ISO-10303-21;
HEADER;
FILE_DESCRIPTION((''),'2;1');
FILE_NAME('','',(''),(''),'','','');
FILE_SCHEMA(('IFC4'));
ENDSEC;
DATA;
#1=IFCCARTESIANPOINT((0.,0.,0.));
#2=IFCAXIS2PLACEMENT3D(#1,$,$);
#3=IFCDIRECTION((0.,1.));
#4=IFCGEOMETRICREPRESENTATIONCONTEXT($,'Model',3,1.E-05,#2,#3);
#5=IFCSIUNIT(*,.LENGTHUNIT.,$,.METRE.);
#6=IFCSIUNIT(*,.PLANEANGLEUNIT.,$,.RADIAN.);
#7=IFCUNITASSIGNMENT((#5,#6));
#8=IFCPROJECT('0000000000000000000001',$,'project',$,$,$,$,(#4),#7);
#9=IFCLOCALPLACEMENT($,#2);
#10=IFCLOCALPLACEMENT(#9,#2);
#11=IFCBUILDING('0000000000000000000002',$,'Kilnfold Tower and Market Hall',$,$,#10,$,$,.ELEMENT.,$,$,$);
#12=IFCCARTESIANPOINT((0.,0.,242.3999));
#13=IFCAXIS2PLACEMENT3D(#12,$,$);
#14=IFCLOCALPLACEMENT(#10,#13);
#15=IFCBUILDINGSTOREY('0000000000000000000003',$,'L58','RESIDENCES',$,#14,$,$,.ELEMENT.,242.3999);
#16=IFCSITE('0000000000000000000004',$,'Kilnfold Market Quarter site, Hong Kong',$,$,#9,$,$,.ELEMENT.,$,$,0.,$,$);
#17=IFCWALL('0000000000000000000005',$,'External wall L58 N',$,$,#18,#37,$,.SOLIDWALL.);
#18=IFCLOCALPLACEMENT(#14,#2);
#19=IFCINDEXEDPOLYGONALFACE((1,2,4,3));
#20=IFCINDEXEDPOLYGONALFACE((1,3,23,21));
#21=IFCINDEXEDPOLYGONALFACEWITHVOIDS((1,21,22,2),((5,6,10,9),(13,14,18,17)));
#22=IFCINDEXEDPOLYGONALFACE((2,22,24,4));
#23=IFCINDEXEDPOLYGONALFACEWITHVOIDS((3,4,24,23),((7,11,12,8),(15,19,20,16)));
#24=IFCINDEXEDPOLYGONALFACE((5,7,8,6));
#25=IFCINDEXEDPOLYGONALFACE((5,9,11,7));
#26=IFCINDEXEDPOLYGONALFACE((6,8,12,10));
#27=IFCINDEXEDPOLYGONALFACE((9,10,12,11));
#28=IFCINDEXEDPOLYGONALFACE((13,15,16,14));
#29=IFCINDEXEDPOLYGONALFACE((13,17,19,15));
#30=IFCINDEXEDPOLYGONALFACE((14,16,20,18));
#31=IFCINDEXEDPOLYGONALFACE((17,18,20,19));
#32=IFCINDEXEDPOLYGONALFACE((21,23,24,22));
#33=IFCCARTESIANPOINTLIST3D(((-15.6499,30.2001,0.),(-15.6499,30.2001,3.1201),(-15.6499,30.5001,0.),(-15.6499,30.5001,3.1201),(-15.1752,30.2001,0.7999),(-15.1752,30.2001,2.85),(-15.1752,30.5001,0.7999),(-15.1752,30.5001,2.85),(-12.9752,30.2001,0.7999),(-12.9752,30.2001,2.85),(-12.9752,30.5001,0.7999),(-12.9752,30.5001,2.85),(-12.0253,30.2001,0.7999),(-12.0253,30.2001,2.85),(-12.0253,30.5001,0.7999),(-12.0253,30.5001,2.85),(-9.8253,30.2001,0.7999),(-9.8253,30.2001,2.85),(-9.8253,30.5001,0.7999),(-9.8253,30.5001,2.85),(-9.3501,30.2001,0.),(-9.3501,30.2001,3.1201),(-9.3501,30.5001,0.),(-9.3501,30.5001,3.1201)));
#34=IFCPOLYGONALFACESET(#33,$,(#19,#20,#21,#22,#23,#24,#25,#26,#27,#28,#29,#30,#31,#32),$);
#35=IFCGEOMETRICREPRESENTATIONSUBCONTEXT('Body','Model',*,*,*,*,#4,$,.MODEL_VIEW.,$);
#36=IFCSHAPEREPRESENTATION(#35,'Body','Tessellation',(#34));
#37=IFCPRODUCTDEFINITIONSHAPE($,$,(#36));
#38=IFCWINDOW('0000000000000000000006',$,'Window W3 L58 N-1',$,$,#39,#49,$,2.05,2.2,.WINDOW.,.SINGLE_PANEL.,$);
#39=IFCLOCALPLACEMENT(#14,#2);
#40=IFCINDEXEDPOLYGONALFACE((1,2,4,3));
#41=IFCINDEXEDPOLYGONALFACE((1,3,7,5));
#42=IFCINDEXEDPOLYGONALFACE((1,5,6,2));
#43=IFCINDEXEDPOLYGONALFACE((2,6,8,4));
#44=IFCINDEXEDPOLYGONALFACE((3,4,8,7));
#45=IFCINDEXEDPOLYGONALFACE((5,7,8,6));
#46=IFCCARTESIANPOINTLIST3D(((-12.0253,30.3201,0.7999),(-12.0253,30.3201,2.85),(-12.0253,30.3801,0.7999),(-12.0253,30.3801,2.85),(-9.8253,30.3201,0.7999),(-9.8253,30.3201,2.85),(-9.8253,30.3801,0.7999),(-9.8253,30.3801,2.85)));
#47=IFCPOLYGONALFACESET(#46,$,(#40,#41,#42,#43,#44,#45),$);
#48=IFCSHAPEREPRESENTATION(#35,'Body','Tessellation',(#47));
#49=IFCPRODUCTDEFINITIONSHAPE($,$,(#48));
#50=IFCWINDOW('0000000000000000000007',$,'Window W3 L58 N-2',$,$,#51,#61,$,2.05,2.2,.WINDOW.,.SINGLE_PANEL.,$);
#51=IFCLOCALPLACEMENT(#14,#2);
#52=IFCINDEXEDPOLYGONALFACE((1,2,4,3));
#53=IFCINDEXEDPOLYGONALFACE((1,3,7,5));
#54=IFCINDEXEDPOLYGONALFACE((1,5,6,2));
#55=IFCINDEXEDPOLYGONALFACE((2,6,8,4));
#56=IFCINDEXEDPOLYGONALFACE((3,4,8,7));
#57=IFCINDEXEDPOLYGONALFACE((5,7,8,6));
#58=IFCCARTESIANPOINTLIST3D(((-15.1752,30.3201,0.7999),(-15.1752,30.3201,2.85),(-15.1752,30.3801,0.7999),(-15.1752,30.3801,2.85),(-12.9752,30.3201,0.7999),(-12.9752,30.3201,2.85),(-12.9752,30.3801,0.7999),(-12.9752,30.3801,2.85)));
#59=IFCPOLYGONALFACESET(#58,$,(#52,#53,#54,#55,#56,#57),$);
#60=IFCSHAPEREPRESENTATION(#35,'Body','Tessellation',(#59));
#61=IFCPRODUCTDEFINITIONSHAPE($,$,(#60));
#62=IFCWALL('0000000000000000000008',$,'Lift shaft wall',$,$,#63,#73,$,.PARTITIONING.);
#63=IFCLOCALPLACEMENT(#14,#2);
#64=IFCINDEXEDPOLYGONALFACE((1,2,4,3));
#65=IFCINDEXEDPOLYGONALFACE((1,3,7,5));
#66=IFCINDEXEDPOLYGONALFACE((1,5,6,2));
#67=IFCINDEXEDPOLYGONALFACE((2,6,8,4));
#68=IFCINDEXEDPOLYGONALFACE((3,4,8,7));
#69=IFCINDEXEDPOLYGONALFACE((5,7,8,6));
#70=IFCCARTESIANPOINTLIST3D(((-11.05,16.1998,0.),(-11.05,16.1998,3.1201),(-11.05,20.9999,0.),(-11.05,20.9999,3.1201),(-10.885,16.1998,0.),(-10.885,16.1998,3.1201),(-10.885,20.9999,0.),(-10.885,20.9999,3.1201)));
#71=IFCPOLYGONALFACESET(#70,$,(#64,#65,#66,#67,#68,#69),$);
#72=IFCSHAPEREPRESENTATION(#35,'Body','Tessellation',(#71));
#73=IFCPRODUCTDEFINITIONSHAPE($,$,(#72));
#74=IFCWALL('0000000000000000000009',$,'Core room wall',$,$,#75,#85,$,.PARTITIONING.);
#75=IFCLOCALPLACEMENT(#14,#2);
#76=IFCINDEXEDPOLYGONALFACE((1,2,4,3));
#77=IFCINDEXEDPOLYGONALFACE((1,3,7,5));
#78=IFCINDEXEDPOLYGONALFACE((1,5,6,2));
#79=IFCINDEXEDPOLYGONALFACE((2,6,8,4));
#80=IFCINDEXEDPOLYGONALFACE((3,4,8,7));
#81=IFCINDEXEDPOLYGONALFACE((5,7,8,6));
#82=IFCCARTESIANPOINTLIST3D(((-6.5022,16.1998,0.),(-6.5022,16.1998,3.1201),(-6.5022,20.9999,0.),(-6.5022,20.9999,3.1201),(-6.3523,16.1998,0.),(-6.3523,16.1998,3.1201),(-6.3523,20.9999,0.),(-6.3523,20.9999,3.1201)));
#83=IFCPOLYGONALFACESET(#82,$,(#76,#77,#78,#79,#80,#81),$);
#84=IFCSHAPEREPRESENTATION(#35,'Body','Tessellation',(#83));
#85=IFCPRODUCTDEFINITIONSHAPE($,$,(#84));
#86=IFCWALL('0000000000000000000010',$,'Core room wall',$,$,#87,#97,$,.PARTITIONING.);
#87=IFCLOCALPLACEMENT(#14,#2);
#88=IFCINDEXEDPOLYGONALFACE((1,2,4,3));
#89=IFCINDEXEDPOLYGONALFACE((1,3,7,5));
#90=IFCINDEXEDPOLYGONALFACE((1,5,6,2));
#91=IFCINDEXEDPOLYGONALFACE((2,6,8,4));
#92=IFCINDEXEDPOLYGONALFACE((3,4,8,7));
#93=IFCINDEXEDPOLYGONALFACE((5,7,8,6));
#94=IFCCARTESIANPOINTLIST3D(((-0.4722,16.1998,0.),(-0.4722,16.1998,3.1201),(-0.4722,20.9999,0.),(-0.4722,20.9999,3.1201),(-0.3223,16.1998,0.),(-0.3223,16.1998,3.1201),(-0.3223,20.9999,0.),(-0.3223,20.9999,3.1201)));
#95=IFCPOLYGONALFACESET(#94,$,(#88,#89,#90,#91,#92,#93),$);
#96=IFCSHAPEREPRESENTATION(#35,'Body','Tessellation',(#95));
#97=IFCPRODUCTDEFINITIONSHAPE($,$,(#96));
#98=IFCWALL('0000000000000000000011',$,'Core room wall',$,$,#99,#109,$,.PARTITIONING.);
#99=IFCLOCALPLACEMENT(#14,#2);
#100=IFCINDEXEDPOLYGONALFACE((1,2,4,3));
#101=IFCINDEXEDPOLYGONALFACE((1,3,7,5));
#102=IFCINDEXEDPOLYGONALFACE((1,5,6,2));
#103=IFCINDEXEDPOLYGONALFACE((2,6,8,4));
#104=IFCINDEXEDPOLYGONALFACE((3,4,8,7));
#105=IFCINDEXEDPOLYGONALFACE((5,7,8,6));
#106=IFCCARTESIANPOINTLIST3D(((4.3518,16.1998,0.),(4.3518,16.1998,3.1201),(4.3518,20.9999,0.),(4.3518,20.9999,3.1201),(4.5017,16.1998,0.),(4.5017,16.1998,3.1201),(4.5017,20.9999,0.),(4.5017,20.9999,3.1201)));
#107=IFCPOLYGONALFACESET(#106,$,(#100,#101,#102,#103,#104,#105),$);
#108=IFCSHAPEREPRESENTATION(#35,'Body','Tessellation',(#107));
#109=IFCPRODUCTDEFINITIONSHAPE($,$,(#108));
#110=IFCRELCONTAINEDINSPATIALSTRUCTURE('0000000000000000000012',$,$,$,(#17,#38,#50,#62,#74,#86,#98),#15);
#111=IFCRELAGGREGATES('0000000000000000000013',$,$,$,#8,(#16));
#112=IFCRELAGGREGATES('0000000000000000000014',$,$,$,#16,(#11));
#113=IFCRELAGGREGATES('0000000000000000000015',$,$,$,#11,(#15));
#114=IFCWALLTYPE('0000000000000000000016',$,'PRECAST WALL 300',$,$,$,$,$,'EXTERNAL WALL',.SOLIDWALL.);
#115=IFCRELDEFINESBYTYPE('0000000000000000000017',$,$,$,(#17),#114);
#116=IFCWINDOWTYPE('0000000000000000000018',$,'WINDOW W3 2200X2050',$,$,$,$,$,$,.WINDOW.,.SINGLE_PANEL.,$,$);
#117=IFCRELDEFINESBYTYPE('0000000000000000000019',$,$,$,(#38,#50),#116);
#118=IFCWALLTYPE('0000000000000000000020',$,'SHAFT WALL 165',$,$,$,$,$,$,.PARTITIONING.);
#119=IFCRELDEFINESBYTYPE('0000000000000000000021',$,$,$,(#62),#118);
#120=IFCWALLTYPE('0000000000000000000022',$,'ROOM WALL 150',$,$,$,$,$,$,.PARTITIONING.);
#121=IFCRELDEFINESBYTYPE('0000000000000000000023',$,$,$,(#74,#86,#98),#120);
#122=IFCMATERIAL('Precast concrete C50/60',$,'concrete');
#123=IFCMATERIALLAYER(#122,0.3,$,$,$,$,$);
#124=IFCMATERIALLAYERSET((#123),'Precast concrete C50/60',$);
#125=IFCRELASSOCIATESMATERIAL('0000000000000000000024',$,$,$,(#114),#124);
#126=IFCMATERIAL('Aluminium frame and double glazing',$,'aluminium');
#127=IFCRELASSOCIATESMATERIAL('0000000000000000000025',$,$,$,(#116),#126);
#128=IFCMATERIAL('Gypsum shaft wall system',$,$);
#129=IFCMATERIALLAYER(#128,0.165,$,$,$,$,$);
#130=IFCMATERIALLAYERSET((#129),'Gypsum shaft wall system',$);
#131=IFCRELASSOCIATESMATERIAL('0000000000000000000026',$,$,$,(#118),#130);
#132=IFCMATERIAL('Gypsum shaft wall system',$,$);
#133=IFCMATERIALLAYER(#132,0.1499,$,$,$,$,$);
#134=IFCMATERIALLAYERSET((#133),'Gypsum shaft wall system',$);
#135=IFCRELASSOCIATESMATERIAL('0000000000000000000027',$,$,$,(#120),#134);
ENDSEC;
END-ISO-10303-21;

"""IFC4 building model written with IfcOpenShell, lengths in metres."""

from ifc_helpers import new_model, si_unit, direction, frame, frame_2d, origin, place, context, subcontext, project, spatial, rectangle, extrude, source, transform, mapped, material, layer, layer_set, type_object, element, fill, save


model = new_model("IFC4")

# Units and contexts
model_context = context("Model", 3, precision=1e-05, world=origin(), true_north=direction((0.0, 1.0)))
body_context = subcontext(model_context, "Body", "Model", "MODEL_VIEW")
ifc_project = project(units=[si_unit("LENGTHUNIT", "METRE"), si_unit("PLANEANGLEUNIT", "RADIAN")], contexts=[model_context])

# Site, building, storey
site_placement = place(None, origin())
site = spatial("IfcSite", under=ifc_project, at=site_placement, Name="Kilnfold Market Quarter site, Hong Kong", CompositionType="ELEMENT", RefElevation=0.0)
building_placement = place(site_placement, origin())
building = spatial("IfcBuilding", under=site, at=building_placement, Name="Kilnfold Tower and Market Hall", CompositionType="ELEMENT")
storey_placement = place(building_placement, frame((0.0, 0.0, 242.3999)))
storey = spatial("IfcBuildingStorey", under=building, at=storey_placement, Name="L58", Description="RESIDENCES", CompositionType="ELEMENT", Elevation=242.3999)

# Wall, openings, windows
ifc_material_1 = material(Name="Precast concrete C50/60", Category="concrete")
ifc_layer_1 = layer(ifc_material_1, 0.3)
ifc_layer_set_1 = layer_set([ifc_layer_1], Name="Precast concrete C50/60")
wall_type_1 = type_object("IfcWallType", Name="PRECAST WALL 300", ElementType="EXTERNAL WALL", PredefinedType="SOLIDWALL", material=ifc_layer_set_1)
shared_shape_1 = source(origin(), body_context, "Body", "SweptSolid", [
    extrude(rectangle(XDim=6.2998, YDim=0.3, at=frame_2d((3.1499, 0.0))), origin(), (0.0, 0.0, 1.0), 3.1201),
])
ifc_material_2 = material(Name="Aluminium frame and double glazing", Category="aluminium")
window_type = type_object("IfcWindowType", Name="WINDOW W3 2200X2050", PartitioningType="SINGLE_PANEL", PredefinedType="WINDOW", material=ifc_material_2)
wall_1_placement = place(storey_placement, frame((-9.3501, 30.3501, 0.0), z_axis=(0.0, 0.0, 1.0), x_axis=(-1.0, 0.0, 0.0)))
wall_1 = element("IfcWall", 1, at=wall_1_placement, inside=storey, type_object=wall_type_1, Name="External wall L58 N", PredefinedType="SOLIDWALL", context=body_context, shape_type="MappedRepresentation", body=[
    mapped(shared_shape_1, transform((0.0, 0.0, 0.0))),
])
opening_1_placement = place(wall_1_placement, frame((0.4751, 0.0, 0.8)))
opening_1 = element("IfcOpeningElement", 2, at=opening_1_placement, cuts=wall_1, PredefinedType="OPENING", context=body_context, shape_type="SweptSolid", body=[
    extrude(rectangle(XDim=2.2, YDim=2.05, at=frame_2d((1.1001, 1.0249))), frame((0.0, 0.1602, 0.0), z_axis=(0.0, -1.0, 0.0), x_axis=(1.0, 0.0, 0.0)), (0.0, 0.0, 1.0), 0.3201),
])
opening_2_placement = place(wall_1_placement, frame((3.625, 0.0, 0.8)))
opening_2 = element("IfcOpeningElement", 3, at=opening_2_placement, cuts=wall_1, PredefinedType="OPENING", context=body_context, shape_type="SweptSolid", body=[
    extrude(rectangle(XDim=2.2, YDim=2.05, at=frame_2d((1.1001, 1.0249))), frame((0.0, 0.1602, 0.0), z_axis=(0.0, -1.0, 0.0), x_axis=(1.0, 0.0, 0.0)), (0.0, 0.0, 1.0), 0.3201),
])
window_1_placement = place(opening_1_placement, origin())
window_1 = element("IfcWindow", 4, at=window_1_placement, inside=storey, type_object=window_type, Name="Window W3 L58 N-1", OverallHeight=2.05, OverallWidth=2.2, PartitioningType="SINGLE_PANEL", PredefinedType="WINDOW", context=body_context, shape_type="SweptSolid", body=[
    extrude(rectangle(XDim=2.2, YDim=2.05, at=frame_2d((1.1001, 1.0249))), frame((0.0, 0.03, 0.0), z_axis=(0.0, -1.0, 0.0), x_axis=(1.0, 0.0, 0.0)), (0.0, 0.0, 1.0), 0.0601),
])
fill(opening_1, window_1)
window_2_placement = place(opening_2_placement, origin())
window_2 = element("IfcWindow", 5, at=window_2_placement, inside=storey, type_object=window_type, Name="Window W3 L58 N-2", OverallHeight=2.05, OverallWidth=2.2, PartitioningType="SINGLE_PANEL", PredefinedType="WINDOW", context=body_context, shape_type="SweptSolid", body=[
    extrude(rectangle(XDim=2.2, YDim=2.05, at=frame_2d((1.1001, 1.0249))), frame((0.0, 0.03, 0.0), z_axis=(0.0, -1.0, 0.0), x_axis=(1.0, 0.0, 0.0)), (0.0, 0.0, 1.0), 0.0601),
])
fill(opening_2, window_2)

# Walls
ifc_material_3 = material(Name="Gypsum shaft wall system")
ifc_layer_2 = layer(ifc_material_3, 0.165)
ifc_layer_set_2 = layer_set([ifc_layer_2], Name="Gypsum shaft wall system")
wall_type_2 = type_object("IfcWallType", Name="SHAFT WALL 165", PredefinedType="PARTITIONING", material=ifc_layer_set_2)
shared_shape_2 = source(origin(), body_context, "Body", "SweptSolid", [
    extrude(rectangle(XDim=4.8, YDim=0.165, at=frame_2d((2.3999, 0.0))), origin(), (0.0, 0.0, 1.0), 3.1201),
])
wall_2_placement = place(storey_placement, frame((-10.9675, 16.2, 0.0), z_axis=(0.0, 0.0, 1.0), x_axis=(0.0, 1.0, 0.0)))
element("IfcWall", 6, at=wall_2_placement, inside=storey, type_object=wall_type_2, Name="Lift shaft wall", PredefinedType="PARTITIONING", context=body_context, shape_type="MappedRepresentation", body=[
    mapped(shared_shape_2, transform((0.0, 0.0, 0.0))),
])
ifc_material_4 = material(Name="Gypsum shaft wall system")
ifc_layer_3 = layer(ifc_material_4, 0.1499)
ifc_layer_set_3 = layer_set([ifc_layer_3], Name="Gypsum shaft wall system")
wall_type_3 = type_object("IfcWallType", Name="ROOM WALL 150", PredefinedType="PARTITIONING", material=ifc_layer_set_3)
shared_shape_3 = source(origin(), body_context, "Body", "SweptSolid", [
    extrude(rectangle(XDim=4.8, YDim=0.1499, at=frame_2d((2.3999, 0.0))), origin(), (0.0, 0.0, 1.0), 3.1201),
])
for number, where, z_axis, x_axis, name in (
    (7, (-6.4272, 16.2, 0.0), (0.0, 0.0, 1.0), (0.0, 1.0, 0.0), "Core room wall"),
    (8, (-0.3972, 16.2, 0.0), (0.0, 0.0, 1.0), (0.0, 1.0, 0.0), "Core room wall"),
    (9, (4.4268, 16.2, 0.0), (0.0, 0.0, 1.0), (0.0, 1.0, 0.0), "Core room wall"),
):
    element("IfcWall", number, at=place(storey_placement, frame(where, z_axis=z_axis, x_axis=x_axis)), inside=storey, type_object=wall_type_3, Name=name, PredefinedType="PARTITIONING", context=body_context, shape_type="MappedRepresentation", body=[
        mapped(shared_shape_3, transform((0.0, 0.0, 0.0))),
    ])

save(model, "model.ifc")
